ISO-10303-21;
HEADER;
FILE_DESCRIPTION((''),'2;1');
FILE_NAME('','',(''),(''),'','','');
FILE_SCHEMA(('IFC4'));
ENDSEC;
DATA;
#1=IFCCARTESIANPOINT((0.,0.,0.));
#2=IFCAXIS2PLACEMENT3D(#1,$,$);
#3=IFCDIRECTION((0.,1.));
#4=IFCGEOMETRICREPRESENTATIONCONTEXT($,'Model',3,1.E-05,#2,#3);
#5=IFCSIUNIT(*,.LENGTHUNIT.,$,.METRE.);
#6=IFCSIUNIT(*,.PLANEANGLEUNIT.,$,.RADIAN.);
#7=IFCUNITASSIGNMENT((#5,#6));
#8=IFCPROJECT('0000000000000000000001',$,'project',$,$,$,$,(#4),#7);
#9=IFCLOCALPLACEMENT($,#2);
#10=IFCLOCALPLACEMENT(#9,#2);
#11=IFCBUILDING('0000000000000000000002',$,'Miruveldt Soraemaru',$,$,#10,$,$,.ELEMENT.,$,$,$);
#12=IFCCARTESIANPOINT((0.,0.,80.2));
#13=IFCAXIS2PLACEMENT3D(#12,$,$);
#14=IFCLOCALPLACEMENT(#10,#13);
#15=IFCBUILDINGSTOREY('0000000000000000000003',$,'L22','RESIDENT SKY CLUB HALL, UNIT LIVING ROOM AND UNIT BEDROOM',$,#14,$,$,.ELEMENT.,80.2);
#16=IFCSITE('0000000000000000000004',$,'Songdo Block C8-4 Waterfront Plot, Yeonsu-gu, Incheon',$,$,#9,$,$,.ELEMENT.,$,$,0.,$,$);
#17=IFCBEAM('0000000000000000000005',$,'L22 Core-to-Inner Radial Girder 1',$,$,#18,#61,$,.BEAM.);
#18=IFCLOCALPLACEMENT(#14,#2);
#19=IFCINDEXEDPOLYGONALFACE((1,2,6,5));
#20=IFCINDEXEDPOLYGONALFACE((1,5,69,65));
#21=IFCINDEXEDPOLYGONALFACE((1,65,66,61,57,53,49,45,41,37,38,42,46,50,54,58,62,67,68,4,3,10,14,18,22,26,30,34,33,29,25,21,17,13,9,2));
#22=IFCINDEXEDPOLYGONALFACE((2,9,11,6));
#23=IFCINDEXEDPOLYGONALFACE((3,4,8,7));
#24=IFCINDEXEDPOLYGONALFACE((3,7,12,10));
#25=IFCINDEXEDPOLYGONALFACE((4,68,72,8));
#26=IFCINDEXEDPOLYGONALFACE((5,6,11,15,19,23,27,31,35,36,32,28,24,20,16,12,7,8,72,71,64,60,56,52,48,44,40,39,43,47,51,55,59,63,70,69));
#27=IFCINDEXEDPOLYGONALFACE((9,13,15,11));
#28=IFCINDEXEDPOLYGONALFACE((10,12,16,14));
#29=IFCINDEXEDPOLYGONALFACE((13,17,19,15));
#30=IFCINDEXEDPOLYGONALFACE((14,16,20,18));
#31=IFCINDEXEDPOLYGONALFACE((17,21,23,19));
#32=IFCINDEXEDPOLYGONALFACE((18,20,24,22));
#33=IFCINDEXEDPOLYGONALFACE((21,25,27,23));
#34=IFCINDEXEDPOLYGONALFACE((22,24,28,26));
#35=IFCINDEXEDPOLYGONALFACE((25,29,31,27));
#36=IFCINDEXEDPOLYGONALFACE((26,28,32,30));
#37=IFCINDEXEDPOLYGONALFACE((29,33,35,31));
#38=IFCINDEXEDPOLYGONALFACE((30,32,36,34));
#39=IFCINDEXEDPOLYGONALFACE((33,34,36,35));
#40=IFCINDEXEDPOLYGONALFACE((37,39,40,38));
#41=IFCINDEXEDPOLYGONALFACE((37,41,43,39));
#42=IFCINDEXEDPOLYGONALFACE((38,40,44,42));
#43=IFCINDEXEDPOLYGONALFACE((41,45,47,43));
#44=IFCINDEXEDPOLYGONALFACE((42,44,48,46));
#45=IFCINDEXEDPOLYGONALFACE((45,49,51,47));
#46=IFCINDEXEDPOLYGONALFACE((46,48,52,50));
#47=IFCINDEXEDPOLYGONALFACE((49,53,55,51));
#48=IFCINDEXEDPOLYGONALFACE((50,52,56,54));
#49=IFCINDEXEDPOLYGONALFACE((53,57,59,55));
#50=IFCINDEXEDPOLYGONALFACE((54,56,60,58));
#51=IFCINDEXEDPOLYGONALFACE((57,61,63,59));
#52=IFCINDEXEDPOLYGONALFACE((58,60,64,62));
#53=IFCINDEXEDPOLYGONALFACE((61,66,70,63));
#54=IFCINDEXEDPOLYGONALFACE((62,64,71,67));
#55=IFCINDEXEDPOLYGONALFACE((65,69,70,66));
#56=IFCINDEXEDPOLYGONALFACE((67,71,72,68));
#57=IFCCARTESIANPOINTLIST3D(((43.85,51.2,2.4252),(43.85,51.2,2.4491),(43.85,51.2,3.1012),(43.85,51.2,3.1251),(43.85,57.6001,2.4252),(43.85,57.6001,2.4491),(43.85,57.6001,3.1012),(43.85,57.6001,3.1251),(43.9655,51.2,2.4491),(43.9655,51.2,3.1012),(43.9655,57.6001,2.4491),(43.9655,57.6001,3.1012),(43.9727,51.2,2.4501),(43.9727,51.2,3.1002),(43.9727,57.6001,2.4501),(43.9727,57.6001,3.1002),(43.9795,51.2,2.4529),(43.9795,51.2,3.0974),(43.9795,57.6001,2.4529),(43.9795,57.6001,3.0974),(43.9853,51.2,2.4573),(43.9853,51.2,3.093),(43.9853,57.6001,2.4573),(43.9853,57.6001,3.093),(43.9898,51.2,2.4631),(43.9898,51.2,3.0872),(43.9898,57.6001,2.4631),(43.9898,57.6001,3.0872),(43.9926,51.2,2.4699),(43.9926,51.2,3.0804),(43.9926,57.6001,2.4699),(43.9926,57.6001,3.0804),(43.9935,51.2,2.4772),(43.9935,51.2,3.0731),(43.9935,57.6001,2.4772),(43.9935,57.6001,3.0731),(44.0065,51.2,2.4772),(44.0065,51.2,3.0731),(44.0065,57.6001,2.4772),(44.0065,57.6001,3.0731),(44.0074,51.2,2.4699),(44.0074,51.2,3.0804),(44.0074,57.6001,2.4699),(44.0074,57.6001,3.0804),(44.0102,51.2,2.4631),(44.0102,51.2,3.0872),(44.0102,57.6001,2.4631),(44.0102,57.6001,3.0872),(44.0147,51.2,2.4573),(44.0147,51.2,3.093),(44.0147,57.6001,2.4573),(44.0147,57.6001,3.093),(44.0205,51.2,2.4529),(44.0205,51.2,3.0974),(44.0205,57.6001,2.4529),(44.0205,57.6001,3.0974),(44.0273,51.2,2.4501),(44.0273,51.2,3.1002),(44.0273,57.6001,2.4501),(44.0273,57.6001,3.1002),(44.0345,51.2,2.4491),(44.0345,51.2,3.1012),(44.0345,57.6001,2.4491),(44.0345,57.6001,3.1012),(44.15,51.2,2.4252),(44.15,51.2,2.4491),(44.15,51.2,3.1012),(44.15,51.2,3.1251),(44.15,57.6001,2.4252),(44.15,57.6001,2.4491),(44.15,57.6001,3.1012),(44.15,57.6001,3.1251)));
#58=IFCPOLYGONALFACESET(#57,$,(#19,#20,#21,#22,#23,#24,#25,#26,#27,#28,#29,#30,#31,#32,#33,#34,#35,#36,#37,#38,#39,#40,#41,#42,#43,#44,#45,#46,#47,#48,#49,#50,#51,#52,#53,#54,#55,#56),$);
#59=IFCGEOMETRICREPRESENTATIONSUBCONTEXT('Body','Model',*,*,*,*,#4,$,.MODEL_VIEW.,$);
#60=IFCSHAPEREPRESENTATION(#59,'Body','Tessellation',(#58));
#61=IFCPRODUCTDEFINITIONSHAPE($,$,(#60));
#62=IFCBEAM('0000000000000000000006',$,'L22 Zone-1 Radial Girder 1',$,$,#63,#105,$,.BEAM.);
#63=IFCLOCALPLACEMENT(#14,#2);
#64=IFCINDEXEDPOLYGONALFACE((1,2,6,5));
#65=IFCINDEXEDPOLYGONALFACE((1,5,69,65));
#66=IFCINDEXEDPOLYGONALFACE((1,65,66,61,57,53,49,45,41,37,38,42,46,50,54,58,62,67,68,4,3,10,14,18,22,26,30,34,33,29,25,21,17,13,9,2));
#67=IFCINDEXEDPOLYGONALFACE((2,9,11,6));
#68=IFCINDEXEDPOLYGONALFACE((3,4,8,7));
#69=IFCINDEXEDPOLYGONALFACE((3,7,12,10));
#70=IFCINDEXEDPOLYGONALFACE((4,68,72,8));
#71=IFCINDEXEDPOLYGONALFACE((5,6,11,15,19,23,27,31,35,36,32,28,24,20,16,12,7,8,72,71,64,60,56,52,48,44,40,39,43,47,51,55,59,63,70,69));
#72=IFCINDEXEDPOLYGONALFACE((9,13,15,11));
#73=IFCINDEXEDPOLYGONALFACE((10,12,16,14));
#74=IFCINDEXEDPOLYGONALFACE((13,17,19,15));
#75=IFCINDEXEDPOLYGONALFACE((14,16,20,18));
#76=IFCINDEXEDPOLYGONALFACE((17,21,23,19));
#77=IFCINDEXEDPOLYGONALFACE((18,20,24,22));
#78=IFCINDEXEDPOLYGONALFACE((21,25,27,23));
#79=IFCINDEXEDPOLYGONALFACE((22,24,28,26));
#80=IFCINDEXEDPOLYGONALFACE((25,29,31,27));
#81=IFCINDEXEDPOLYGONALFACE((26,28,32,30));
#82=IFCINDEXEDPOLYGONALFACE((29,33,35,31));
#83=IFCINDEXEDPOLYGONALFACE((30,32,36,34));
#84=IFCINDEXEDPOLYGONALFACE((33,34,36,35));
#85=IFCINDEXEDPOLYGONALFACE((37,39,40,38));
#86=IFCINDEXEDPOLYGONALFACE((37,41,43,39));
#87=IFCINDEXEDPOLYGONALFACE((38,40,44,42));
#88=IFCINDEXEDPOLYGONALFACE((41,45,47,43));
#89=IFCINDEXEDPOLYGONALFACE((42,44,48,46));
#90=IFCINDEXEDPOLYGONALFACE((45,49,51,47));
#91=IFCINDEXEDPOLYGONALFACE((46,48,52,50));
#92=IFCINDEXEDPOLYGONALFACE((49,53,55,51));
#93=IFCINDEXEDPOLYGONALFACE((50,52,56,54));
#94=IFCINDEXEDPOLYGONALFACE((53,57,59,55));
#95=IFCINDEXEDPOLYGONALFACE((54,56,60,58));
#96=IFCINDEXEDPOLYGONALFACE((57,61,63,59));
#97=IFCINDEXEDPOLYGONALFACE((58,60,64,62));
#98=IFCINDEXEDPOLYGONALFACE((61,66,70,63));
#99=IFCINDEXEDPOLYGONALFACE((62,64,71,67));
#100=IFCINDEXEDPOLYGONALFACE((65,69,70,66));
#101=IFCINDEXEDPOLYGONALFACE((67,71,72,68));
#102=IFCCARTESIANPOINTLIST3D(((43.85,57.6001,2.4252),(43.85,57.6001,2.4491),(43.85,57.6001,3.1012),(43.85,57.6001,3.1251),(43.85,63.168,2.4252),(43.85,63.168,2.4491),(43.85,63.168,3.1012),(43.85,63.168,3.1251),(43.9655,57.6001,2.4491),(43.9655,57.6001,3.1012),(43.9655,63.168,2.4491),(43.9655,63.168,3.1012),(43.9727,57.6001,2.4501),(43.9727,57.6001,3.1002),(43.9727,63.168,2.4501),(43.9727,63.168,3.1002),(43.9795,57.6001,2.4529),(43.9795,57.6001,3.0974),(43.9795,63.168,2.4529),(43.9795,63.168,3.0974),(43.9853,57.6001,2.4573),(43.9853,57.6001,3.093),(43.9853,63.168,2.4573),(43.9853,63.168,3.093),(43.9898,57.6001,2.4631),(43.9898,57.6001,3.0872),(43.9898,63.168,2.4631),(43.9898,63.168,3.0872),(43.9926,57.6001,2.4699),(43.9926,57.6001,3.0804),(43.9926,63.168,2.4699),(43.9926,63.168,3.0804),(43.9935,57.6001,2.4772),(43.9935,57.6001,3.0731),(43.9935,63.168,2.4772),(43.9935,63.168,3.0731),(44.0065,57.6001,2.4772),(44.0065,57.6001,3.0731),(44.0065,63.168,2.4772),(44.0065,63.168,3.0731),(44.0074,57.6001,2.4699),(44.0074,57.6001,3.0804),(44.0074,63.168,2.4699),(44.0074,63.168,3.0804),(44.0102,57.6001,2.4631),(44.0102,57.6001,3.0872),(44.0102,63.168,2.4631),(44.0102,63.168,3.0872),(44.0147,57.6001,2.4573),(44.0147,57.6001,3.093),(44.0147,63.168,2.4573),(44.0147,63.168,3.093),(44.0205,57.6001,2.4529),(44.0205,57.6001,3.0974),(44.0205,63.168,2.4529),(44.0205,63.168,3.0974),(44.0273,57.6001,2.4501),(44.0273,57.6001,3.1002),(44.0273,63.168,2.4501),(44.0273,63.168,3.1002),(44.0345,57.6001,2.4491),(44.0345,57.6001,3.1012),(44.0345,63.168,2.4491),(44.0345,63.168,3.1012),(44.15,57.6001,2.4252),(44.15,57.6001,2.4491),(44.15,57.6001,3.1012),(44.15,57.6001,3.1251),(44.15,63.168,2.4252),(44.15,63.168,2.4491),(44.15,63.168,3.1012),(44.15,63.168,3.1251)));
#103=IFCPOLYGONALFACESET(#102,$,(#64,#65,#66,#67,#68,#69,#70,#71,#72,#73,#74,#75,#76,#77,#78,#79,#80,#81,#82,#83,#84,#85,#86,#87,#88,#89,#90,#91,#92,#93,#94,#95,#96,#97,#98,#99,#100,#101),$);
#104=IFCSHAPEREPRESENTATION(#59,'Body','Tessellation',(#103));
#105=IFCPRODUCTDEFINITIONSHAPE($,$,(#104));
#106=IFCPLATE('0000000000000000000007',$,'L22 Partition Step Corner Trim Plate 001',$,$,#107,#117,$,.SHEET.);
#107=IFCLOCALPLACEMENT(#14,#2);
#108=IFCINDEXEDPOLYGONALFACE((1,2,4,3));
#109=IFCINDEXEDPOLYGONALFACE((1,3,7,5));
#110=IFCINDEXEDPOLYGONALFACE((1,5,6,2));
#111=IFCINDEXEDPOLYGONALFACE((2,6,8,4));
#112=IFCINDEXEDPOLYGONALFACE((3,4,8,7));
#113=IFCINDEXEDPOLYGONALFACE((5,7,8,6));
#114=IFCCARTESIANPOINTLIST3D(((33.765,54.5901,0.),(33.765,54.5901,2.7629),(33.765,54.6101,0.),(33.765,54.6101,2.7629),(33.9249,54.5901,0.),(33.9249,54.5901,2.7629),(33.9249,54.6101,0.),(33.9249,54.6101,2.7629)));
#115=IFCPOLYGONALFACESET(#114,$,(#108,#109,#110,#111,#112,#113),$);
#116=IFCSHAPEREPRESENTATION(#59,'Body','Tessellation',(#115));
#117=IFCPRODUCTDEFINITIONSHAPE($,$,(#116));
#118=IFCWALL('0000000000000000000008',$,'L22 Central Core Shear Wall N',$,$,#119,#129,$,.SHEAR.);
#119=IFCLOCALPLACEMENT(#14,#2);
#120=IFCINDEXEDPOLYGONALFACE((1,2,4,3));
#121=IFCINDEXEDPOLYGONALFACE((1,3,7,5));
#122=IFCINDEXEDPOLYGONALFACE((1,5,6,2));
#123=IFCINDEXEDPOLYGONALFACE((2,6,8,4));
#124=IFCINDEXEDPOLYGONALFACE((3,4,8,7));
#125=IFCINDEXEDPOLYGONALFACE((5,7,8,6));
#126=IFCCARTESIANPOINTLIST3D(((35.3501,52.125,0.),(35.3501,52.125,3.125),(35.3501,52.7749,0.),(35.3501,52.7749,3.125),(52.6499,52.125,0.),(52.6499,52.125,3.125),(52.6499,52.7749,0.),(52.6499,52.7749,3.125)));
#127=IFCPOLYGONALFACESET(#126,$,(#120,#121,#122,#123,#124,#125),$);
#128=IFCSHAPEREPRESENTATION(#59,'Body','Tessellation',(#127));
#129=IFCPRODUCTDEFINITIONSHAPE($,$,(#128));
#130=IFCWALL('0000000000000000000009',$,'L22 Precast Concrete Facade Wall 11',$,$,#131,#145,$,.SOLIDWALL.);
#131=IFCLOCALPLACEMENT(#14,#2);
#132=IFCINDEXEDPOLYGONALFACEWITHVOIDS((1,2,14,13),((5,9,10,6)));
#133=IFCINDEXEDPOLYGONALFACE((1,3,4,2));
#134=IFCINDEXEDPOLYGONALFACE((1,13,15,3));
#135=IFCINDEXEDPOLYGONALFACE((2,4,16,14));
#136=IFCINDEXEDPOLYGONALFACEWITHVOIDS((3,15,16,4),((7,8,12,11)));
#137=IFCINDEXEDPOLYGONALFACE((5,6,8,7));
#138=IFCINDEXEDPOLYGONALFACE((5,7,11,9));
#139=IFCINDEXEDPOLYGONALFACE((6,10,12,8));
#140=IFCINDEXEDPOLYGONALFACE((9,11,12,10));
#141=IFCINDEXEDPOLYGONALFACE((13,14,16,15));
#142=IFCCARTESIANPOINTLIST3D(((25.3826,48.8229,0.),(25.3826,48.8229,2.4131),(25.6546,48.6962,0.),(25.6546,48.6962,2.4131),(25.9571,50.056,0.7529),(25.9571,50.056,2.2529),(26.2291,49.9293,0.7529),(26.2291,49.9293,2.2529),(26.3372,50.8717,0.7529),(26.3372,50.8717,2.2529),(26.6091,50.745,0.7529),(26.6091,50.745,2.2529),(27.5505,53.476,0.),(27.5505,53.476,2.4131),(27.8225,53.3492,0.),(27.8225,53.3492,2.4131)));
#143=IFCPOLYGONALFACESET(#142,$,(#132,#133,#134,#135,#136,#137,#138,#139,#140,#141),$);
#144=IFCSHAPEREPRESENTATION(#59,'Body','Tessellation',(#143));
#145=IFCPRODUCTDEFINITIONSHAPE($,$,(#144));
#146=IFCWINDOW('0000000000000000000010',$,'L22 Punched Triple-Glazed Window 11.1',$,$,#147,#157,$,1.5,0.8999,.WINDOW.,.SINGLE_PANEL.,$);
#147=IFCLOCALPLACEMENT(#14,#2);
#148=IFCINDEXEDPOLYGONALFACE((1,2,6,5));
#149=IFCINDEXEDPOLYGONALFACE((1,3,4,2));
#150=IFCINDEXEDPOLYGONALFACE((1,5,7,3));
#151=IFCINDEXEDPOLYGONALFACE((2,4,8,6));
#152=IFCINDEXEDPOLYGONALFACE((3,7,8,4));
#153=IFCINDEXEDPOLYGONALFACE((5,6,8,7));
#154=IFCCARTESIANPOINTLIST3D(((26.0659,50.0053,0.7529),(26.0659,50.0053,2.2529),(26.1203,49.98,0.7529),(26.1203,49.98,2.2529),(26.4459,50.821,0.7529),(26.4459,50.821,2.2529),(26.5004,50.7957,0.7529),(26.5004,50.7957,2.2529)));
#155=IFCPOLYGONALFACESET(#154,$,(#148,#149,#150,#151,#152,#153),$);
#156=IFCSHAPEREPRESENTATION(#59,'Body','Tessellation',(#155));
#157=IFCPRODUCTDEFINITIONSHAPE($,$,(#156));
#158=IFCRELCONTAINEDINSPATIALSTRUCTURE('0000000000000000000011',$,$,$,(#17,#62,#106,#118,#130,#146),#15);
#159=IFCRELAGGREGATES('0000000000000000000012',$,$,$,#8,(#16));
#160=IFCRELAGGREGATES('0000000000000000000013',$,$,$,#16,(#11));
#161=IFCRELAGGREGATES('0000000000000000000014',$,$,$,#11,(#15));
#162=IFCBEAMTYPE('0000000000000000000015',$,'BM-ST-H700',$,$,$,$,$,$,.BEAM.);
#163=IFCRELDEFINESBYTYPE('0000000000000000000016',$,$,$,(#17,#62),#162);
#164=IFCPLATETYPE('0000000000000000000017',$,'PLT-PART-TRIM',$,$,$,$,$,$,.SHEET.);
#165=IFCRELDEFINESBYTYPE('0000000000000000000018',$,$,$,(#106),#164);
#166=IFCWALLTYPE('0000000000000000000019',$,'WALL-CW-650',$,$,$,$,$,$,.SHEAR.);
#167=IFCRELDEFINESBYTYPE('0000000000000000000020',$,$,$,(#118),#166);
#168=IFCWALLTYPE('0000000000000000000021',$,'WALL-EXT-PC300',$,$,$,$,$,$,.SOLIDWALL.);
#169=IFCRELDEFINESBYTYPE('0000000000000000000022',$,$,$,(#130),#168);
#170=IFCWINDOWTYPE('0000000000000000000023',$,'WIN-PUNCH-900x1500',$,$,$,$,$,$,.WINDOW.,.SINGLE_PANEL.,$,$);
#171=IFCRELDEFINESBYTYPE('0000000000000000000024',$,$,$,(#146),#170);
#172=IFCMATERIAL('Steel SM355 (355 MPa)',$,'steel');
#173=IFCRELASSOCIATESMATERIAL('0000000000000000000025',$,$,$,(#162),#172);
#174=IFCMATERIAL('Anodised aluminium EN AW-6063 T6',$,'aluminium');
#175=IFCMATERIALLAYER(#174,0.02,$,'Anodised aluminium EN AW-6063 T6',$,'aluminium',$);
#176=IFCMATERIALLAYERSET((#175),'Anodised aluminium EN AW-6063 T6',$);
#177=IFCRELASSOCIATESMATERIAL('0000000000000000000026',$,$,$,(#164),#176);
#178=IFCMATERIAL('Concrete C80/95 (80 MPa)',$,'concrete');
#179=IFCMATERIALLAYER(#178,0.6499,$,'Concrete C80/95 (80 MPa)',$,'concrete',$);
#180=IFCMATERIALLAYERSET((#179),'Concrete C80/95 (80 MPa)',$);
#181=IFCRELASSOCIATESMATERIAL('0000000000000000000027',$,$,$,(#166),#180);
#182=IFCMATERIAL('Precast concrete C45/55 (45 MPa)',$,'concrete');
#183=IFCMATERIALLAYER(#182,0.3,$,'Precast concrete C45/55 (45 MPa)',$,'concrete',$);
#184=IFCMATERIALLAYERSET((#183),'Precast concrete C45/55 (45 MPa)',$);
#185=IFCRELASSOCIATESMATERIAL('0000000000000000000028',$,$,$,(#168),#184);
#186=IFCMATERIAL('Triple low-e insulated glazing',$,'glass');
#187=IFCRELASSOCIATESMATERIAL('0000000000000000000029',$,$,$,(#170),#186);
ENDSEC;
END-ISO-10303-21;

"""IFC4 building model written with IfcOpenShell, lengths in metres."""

from ifc_helpers import new_model, si_unit, direction, frame, frame_2d, origin, origin_2d, place, context, subcontext, project, spatial, rectangle, i_section, extrude, material, layer, layer_set, material_profile, profile_set, type_object, element, fill, save


model = new_model("IFC4")

# Units and contexts
model_context = context("Model", 3, precision=1e-05, world=origin(), true_north=direction((0.0, 1.0)))
body_context = subcontext(model_context, "Body", "Model", "MODEL_VIEW")
ifc_project = project(units=[si_unit("LENGTHUNIT", "METRE"), si_unit("PLANEANGLEUNIT", "RADIAN")], contexts=[model_context])

# Site, building, storey
site_placement = place(None, origin())
site = spatial("IfcSite", under=ifc_project, at=site_placement, Name="Songdo Block C8-4 Waterfront Plot, Yeonsu-gu, Incheon", CompositionType="ELEMENT", RefElevation=0.0)
building_placement = place(site_placement, origin())
building = spatial("IfcBuilding", under=site, at=building_placement, Name="Miruveldt Soraemaru", CompositionType="ELEMENT")
storey_placement = place(building_placement, frame((0.0, 0.0, 80.2)))
storey = spatial("IfcBuildingStorey", under=building, at=storey_placement, Name="L22", Description="RESIDENT SKY CLUB HALL, UNIT LIVING ROOM AND UNIT BEDROOM", CompositionType="ELEMENT", Elevation=80.2)

# Beams
ifc_material_1 = material(Name="Steel SM355 (355 MPa)", Category="steel")
ifc_material_profile_1 = material_profile(ifc_material_1, i_section(OverallWidth=0.3, OverallDepth=0.7, WebThickness=0.0129, FlangeThickness=0.0239, FilletRadius=0.0281, at=origin_2d()), Name="Steel SM355 (355 MPa)", Category="steel")
ifc_profile_set_1 = profile_set([ifc_material_profile_1], Name="Steel SM355 (355 MPa)")
beam_type_1 = type_object("IfcBeamType", Name="BM-ST-H700", PredefinedType="BEAM", material=ifc_profile_set_1)
beam_1_placement = place(storey_placement, frame((44.0, 51.2, 2.7751), z_axis=(0.0, 1.0, 0.0), x_axis=(-1.0, 0.0, 0.0)))
element("IfcBeam", 1, at=beam_1_placement, inside=storey, type_object=beam_type_1, Name="L22 Core-to-Inner Radial Girder 1", PredefinedType="BEAM", context=body_context, shape_type="SweptSolid", body=[
    extrude(i_section(OverallWidth=0.3, OverallDepth=0.7, WebThickness=0.0129, FlangeThickness=0.0239, FilletRadius=0.0281, at=origin_2d()), origin(), (0.0, 0.0, 1.0), 6.4001),
])
beam_2_placement = place(storey_placement, frame((44.0, 57.6001, 2.7751), z_axis=(0.0, 1.0, 0.0), x_axis=(-1.0, 0.0, 0.0)))
element("IfcBeam", 2, at=beam_2_placement, inside=storey, type_object=beam_type_1, Name="L22 Zone-1 Radial Girder 1", PredefinedType="BEAM", context=body_context, shape_type="SweptSolid", body=[
    extrude(i_section(OverallWidth=0.3, OverallDepth=0.7, WebThickness=0.0129, FlangeThickness=0.0239, FilletRadius=0.0281, at=origin_2d()), origin(), (0.0, 0.0, 1.0), 5.5679),
])

# Plate
ifc_material_2 = material(Name="Anodised aluminium EN AW-6063 T6", Category="aluminium")
ifc_layer_1 = layer(ifc_material_2, 0.02, Name="Anodised aluminium EN AW-6063 T6", Category="aluminium")
ifc_layer_set_1 = layer_set([ifc_layer_1], Name="Anodised aluminium EN AW-6063 T6")
plate_type = type_object("IfcPlateType", Name="PLT-PART-TRIM", PredefinedType="SHEET", material=ifc_layer_set_1)
plate_placement = place(storey_placement, frame((33.845, 54.6001, 0.0), z_axis=(0.0, 0.0, 1.0), x_axis=(-1.0, 0.0, 0.0)))
element("IfcPlate", 3, at=plate_placement, inside=storey, type_object=plate_type, Name="L22 Partition Step Corner Trim Plate 001", PredefinedType="SHEET", context=body_context, shape_type="SweptSolid", body=[
    extrude(rectangle(XDim=0.1599, YDim=0.02, at=origin_2d()), origin(), (0.0, 0.0, 1.0), 2.7629),
])

# Wall
ifc_material_3 = material(Name="Concrete C80/95 (80 MPa)", Category="concrete")
ifc_layer_2 = layer(ifc_material_3, 0.6499, Name="Concrete C80/95 (80 MPa)", Category="concrete")
ifc_layer_set_2 = layer_set([ifc_layer_2], Name="Concrete C80/95 (80 MPa)")
wall_type_1 = type_object("IfcWallType", Name="WALL-CW-650", PredefinedType="SHEAR", material=ifc_layer_set_2)
wall_1_placement = place(storey_placement, frame((35.3501, 52.45, 0.0), z_axis=(0.0, 0.0, 1.0), x_axis=(1.0, 0.0, 0.0)))
element("IfcWall", 4, at=wall_1_placement, inside=storey, type_object=wall_type_1, Name="L22 Central Core Shear Wall N", PredefinedType="SHEAR", context=body_context, shape_type="SweptSolid", body=[
    extrude(rectangle(XDim=17.2998, YDim=0.6499, at=frame_2d((8.6499, 0.0))), origin(), (0.0, 0.0, 1.0), 3.125),
])

# Wall, opening, window
ifc_material_4 = material(Name="Precast concrete C45/55 (45 MPa)", Category="concrete")
ifc_layer_3 = layer(ifc_material_4, 0.3, Name="Precast concrete C45/55 (45 MPa)", Category="concrete")
ifc_layer_set_3 = layer_set([ifc_layer_3], Name="Precast concrete C45/55 (45 MPa)")
wall_type_2 = type_object("IfcWallType", Name="WALL-EXT-PC300", PredefinedType="SOLIDWALL", material=ifc_layer_set_3)
wall_2_placement = place(storey_placement, frame((27.6865, 53.4126, 0.0), z_axis=(0.0, 0.0, 1.0), x_axis=(-0.422331, -0.906442, 0.0)))
wall_2 = element("IfcWall", 5, at=wall_2_placement, inside=storey, type_object=wall_type_2, Name="L22 Precast Concrete Facade Wall 11", PredefinedType="SOLIDWALL", context=body_context, shape_type="SweptSolid", body=[
    extrude(rectangle(XDim=5.1333, YDim=0.3, at=frame_2d((2.5667, 0.0))), origin(), (0.0, 0.0, 1.0), 2.4131),
])
opening_1_placement = place(wall_2_placement, frame((2.873, 0.0, 0.7529)))
opening_1 = element("IfcOpeningElement", 6, at=opening_1_placement, cuts=wall_2, PredefinedType="OPENING", context=body_context, shape_type="SweptSolid", body=[
    extrude(rectangle(XDim=0.8999, YDim=1.5, at=frame_2d((0.45, 0.75))), frame((0.0, 0.1602, 0.0), z_axis=(0.0, -1.0, 0.0), x_axis=(1.0, 0.0, 0.0)), (0.0, 0.0, 1.0), 0.3201),
])
ifc_material_5 = material(Name="Triple low-e insulated glazing", Category="glass")
window_type = type_object("IfcWindowType", Name="WIN-PUNCH-900x1500", PartitioningType="SINGLE_PANEL", PredefinedType="WINDOW", material=ifc_material_5)
window_placement = place(opening_1_placement, origin())
window = element("IfcWindow", 7, at=window_placement, inside=storey, type_object=window_type, Name="L22 Punched Triple-Glazed Window 11.1", OverallHeight=1.5, OverallWidth=0.8999, PartitioningType="SINGLE_PANEL", PredefinedType="WINDOW", context=body_context, shape_type="SweptSolid", body=[
    extrude(rectangle(XDim=0.8999, YDim=1.5, at=frame_2d((0.45, 0.75))), frame((0.0, 0.03, 0.0), z_axis=(0.0, -1.0, 0.0), x_axis=(1.0, 0.0, 0.0)), (0.0, 0.0, 1.0), 0.0601),
])
fill(opening_1, window)

save(model, "model.ifc")
